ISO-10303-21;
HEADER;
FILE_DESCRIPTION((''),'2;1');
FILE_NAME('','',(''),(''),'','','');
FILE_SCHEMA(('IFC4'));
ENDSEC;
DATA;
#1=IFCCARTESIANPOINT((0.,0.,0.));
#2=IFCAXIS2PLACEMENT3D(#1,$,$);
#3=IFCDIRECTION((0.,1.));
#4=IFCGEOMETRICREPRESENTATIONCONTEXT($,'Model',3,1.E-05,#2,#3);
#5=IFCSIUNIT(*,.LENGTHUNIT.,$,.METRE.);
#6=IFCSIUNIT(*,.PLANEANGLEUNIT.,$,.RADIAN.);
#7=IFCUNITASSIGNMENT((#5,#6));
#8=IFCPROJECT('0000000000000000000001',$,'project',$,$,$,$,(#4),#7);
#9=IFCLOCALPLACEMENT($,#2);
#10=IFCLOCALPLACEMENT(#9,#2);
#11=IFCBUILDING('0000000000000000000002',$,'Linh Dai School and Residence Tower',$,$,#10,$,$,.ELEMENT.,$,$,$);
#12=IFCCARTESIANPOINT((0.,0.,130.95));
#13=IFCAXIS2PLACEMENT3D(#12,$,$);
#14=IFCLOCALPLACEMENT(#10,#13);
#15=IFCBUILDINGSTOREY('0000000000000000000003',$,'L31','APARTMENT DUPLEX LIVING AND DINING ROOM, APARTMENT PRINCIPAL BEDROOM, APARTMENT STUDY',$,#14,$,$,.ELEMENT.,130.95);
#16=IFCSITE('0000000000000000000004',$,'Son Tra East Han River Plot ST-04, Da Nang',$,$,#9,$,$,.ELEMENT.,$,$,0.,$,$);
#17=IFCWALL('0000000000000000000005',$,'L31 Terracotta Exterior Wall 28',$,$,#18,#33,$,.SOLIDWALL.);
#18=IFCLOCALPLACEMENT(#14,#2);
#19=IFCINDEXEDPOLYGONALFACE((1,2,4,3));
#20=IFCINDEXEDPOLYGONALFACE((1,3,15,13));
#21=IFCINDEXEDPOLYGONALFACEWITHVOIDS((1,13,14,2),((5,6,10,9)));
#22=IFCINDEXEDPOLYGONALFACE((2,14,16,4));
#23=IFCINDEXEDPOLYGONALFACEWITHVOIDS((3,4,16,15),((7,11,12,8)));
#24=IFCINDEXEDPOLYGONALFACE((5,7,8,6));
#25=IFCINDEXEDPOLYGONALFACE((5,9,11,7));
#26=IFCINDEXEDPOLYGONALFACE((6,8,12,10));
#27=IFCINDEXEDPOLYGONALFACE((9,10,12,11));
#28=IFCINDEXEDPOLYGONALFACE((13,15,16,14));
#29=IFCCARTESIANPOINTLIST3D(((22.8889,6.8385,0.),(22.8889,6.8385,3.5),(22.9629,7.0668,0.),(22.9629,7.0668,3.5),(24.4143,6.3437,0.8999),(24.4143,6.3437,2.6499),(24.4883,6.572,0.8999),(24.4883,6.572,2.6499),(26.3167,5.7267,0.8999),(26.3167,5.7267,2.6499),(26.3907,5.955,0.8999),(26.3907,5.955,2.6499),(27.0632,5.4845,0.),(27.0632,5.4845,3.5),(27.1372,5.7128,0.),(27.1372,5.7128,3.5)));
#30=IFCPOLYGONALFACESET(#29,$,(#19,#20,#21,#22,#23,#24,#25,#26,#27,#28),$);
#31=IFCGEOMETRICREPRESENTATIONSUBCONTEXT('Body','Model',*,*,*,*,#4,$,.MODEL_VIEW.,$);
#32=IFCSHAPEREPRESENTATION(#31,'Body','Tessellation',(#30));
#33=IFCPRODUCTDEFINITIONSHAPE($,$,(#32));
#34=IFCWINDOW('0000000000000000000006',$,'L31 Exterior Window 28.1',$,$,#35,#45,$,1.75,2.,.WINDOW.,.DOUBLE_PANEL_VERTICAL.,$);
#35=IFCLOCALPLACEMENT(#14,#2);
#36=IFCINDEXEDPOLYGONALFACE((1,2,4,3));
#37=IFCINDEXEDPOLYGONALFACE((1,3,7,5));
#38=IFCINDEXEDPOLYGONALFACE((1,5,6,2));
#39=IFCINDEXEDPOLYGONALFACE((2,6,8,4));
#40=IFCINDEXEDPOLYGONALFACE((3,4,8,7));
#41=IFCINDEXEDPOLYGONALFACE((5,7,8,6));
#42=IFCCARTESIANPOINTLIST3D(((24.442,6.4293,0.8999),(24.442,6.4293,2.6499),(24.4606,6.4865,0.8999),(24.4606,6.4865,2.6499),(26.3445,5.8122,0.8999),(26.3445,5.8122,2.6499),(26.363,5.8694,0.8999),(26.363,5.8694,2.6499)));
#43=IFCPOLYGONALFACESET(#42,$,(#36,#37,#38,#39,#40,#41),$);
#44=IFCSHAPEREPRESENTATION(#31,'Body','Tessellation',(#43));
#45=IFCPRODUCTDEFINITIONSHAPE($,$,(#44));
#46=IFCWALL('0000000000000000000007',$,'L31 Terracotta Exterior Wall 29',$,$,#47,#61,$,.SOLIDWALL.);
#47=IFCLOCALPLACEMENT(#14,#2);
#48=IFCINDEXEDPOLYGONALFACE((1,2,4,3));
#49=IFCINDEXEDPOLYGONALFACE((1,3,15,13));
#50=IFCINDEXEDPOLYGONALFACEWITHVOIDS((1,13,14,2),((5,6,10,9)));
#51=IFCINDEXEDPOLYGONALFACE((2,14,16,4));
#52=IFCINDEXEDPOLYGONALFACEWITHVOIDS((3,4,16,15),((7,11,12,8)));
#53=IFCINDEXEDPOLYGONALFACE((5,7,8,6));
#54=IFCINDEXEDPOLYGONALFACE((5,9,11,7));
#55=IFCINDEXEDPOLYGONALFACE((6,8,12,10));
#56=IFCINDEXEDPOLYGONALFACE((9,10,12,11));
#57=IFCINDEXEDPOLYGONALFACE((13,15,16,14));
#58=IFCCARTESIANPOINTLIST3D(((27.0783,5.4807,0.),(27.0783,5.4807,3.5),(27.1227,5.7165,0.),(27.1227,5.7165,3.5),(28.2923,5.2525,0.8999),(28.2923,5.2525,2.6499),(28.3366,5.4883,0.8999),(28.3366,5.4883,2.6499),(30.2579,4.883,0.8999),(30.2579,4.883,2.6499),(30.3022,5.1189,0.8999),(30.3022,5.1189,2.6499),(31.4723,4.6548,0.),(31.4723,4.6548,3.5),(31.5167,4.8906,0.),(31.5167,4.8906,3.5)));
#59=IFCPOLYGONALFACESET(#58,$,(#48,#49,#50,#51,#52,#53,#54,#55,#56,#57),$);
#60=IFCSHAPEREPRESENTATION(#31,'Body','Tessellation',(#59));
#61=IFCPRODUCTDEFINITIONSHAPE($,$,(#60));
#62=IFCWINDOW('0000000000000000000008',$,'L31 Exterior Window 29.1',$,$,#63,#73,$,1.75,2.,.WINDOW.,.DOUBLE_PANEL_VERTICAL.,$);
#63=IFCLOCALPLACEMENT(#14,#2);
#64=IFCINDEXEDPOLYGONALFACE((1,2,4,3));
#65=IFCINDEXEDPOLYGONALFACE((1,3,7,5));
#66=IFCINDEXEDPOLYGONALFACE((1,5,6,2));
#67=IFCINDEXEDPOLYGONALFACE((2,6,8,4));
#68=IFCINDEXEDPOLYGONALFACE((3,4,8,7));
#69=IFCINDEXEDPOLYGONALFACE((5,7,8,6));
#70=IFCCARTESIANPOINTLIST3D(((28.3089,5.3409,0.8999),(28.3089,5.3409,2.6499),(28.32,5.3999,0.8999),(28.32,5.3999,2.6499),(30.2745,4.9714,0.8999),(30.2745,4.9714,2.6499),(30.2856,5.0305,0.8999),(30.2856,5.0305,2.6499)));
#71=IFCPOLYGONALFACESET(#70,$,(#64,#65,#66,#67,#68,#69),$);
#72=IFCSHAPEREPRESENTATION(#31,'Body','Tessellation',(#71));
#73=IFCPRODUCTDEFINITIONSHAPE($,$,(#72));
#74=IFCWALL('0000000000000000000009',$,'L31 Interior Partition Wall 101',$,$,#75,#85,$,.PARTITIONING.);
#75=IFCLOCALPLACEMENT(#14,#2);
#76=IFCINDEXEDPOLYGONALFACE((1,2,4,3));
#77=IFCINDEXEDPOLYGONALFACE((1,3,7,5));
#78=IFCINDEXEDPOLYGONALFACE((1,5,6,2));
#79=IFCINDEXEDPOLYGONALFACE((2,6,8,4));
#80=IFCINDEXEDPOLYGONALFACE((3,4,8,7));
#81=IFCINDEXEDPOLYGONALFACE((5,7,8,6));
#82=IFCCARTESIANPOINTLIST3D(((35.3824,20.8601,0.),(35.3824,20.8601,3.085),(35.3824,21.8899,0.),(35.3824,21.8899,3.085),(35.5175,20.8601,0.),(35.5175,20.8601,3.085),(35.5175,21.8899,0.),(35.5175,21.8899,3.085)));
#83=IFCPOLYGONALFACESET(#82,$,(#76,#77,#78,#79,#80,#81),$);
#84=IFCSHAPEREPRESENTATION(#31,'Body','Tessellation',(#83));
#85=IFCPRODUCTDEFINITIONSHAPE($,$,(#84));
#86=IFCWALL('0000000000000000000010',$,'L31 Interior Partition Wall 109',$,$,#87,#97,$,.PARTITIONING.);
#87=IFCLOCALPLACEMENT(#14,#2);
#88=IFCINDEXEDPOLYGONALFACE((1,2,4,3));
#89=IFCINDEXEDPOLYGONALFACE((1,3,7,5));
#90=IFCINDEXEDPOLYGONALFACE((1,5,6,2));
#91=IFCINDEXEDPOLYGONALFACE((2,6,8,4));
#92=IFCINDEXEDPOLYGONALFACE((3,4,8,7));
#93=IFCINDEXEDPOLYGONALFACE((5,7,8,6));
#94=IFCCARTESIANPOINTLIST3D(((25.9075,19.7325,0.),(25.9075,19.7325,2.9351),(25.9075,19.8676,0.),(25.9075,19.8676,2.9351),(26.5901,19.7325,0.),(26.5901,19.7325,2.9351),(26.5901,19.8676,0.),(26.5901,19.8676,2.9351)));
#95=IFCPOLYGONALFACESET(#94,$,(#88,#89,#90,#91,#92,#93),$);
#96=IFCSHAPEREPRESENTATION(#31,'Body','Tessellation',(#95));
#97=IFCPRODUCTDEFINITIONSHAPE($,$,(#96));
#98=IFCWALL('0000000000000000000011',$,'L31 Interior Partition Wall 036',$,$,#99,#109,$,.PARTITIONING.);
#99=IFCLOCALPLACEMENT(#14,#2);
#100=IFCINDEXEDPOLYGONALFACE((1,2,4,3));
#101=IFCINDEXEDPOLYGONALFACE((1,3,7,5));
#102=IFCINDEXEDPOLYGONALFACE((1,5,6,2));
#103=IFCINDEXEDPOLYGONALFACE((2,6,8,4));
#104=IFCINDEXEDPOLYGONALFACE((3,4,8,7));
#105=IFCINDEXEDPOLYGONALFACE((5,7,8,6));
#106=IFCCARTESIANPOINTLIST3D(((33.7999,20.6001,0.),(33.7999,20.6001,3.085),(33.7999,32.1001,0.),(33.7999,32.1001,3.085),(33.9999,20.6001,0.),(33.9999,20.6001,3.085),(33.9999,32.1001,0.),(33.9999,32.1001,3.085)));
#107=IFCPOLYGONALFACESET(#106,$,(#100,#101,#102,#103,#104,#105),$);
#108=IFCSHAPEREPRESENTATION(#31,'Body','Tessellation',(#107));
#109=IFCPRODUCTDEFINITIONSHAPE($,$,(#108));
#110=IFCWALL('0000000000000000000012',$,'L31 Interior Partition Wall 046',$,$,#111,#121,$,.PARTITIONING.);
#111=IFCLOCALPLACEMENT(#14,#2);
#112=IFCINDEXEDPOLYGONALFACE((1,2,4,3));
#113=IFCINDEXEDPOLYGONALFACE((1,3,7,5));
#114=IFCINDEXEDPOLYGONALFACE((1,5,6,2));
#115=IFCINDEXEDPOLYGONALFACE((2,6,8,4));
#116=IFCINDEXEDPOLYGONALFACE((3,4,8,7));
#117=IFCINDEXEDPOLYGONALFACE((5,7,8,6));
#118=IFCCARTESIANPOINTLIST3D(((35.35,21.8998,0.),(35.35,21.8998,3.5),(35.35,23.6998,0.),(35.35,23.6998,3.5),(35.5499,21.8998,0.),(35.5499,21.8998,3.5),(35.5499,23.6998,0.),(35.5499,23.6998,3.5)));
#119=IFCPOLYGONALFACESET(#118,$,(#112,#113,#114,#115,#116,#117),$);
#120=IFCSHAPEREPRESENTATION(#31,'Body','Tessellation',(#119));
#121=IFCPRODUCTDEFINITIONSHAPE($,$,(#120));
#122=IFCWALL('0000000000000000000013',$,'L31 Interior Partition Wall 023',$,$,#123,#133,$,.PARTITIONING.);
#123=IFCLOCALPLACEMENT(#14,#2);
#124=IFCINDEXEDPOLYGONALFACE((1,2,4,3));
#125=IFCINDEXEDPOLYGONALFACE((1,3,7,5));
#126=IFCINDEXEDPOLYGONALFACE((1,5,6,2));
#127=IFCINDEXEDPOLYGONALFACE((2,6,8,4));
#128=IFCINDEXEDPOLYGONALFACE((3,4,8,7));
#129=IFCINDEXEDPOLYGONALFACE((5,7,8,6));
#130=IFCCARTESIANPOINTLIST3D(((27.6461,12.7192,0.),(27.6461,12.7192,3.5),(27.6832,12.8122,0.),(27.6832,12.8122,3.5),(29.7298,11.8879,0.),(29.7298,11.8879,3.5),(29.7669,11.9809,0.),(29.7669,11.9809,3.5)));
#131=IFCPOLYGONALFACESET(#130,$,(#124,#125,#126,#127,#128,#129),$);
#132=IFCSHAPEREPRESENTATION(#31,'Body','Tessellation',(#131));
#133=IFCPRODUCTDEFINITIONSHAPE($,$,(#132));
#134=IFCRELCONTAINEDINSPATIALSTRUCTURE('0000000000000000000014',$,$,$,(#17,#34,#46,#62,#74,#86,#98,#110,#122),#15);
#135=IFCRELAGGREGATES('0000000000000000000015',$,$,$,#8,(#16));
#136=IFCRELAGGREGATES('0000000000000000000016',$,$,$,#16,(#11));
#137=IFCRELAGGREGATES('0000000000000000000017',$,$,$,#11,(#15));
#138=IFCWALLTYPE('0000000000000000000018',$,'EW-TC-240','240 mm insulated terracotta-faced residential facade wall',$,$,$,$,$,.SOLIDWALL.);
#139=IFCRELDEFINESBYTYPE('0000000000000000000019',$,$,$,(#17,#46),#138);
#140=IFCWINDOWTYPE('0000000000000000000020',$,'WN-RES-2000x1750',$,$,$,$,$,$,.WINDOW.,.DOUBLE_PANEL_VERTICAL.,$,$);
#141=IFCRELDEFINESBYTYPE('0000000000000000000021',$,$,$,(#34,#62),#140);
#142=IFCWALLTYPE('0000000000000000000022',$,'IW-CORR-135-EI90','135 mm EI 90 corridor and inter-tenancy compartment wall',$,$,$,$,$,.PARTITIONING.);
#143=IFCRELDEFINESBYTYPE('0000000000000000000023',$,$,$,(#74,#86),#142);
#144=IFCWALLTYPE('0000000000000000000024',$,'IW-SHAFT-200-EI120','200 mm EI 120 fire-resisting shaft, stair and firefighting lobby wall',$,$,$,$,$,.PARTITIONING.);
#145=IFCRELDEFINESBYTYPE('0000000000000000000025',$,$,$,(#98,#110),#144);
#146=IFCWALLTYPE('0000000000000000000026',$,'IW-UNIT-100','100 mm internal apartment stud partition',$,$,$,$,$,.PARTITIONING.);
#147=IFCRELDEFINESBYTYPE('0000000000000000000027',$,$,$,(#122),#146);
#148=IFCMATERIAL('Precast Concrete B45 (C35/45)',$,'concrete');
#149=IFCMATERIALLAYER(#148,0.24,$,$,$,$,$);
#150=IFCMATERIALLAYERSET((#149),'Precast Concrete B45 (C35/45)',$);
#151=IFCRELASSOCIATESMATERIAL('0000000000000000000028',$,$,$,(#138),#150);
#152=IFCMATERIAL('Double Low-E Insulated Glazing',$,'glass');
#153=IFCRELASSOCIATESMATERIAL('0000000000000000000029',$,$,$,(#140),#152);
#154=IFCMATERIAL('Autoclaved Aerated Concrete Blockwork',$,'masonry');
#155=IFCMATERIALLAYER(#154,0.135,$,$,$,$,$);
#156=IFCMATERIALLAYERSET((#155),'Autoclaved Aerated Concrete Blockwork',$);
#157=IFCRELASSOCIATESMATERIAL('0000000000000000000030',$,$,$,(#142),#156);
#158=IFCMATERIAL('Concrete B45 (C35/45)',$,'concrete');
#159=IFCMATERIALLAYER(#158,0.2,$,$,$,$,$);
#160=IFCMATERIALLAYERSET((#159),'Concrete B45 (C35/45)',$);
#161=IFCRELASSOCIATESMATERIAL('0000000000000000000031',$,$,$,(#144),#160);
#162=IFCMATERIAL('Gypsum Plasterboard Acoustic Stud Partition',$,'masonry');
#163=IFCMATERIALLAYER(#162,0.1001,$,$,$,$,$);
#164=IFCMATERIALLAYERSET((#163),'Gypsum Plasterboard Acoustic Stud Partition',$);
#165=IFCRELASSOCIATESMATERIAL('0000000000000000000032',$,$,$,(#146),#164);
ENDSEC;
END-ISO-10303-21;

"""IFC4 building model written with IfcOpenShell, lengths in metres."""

from ifc_helpers import new_model, si_unit, direction, frame, frame_2d, origin, origin_2d, place, context, subcontext, project, spatial, rectangle, extrude, source, transform, mapped, material, layer, layer_set, type_object, element, fill, save


model = new_model("IFC4")

# Units and contexts
model_context = context("Model", 3, precision=1e-05, world=origin(), true_north=direction((0.0, 1.0)))
body_context = subcontext(model_context, "Body", "Model", "MODEL_VIEW")
ifc_project = project(units=[si_unit("LENGTHUNIT", "METRE"), si_unit("PLANEANGLEUNIT", "RADIAN")], contexts=[model_context])

# Site, building, storey
site_placement = place(None, origin())
site = spatial("IfcSite", under=ifc_project, at=site_placement, Name="Son Tra East Han River Plot ST-04, Da Nang", CompositionType="ELEMENT", RefElevation=0.0)
building_placement = place(site_placement, origin())
building = spatial("IfcBuilding", under=site, at=building_placement, Name="Linh Dai School and Residence Tower", CompositionType="ELEMENT")
storey_placement = place(building_placement, frame((0.0, 0.0, 130.95)))
storey = spatial("IfcBuildingStorey", under=building, at=storey_placement, Name="L31", Description="APARTMENT DUPLEX LIVING AND DINING ROOM, APARTMENT PRINCIPAL BEDROOM, APARTMENT STUDY", CompositionType="ELEMENT", Elevation=130.95)

# Shared definitions
ifc_material_1 = material(Name="Precast Concrete B45 (C35/45)", Category="concrete")

# Walls, openings, windows
ifc_layer_1 = layer(ifc_material_1, 0.24)
ifc_layer_set_1 = layer_set([ifc_layer_1], Name="Precast Concrete B45 (C35/45)")
wall_type_1 = type_object("IfcWallType", Name="EW-TC-240", Description="240 mm insulated terracotta-faced residential facade wall", PredefinedType="SOLIDWALL", material=ifc_layer_set_1)
wall_1_placement = place(storey_placement, frame((27.1003, 5.5986, 0.0), z_axis=(0.0, 0.0, 1.0), x_axis=(-0.951211, 0.30854, 0.0)))
wall_1 = element("IfcWall", 1, at=wall_1_placement, inside=storey, type_object=wall_type_1, Name="L31 Terracotta Exterior Wall 28", PredefinedType="SOLIDWALL", context=body_context, shape_type="SweptSolid", body=[
    extrude(rectangle(XDim=4.3884, YDim=0.24, at=frame_2d((2.1943, 0.0))), origin(), (0.0, 0.0, 1.0), 3.5),
])
opening_1_placement = place(wall_1_placement, frame((0.7849, 0.0, 0.8999)))
opening_1 = element("IfcOpeningElement", 2, at=opening_1_placement, cuts=wall_1, PredefinedType="OPENING", context=body_context, shape_type="SweptSolid", body=[
    extrude(rectangle(XDim=2.0, YDim=1.75, at=origin_2d()), frame((1.0, 0.1299, 0.875), z_axis=(0.0, -1.0, 0.0), x_axis=(1.0, 0.0, 0.0)), (0.0, 0.0, 1.0), 0.26),
])
ifc_material_2 = material(Name="Double Low-E Insulated Glazing", Category="glass")
window_type = type_object("IfcWindowType", Name="WN-RES-2000x1750", PartitioningType="DOUBLE_PANEL_VERTICAL", PredefinedType="WINDOW", material=ifc_material_2)
shared_shape_1 = source(origin(), body_context, "Body", "SweptSolid", [
    extrude(rectangle(XDim=2.0, YDim=1.75, at=origin_2d()), frame((1.0, 0.03, 0.875), z_axis=(0.0, -1.0, 0.0), x_axis=(1.0, 0.0, 0.0)), (0.0, 0.0, 1.0), 0.0601),
])
window_1_placement = place(opening_1_placement, origin())
window_1 = element("IfcWindow", 3, at=window_1_placement, inside=storey, type_object=window_type, Name="L31 Exterior Window 28.1", OverallHeight=1.75, OverallWidth=2.0, PartitioningType="DOUBLE_PANEL_VERTICAL", PredefinedType="WINDOW", context=body_context, shape_type="MappedRepresentation", body=[
    mapped(shared_shape_1, transform((0.0, 0.0, 0.0), x_axis=(1.0, 0.0, 0.0), y_axis=(0.0, 1.0, 0.0), z_axis=(0.0, 0.0, 1.0), scale=1.0)),
])
fill(opening_1, window_1)
wall_2_placement = place(storey_placement, frame((31.4944, 4.7727, 0.0), z_axis=(0.0, 0.0, 1.0), x_axis=(-0.982789, 0.18473, 0.0)))
wall_2 = element("IfcWall", 4, at=wall_2_placement, inside=storey, type_object=wall_type_1, Name="L31 Terracotta Exterior Wall 29", PredefinedType="SOLIDWALL", context=body_context, shape_type="SweptSolid", body=[
    extrude(rectangle(XDim=4.4709, YDim=0.24, at=frame_2d((2.2354, 0.0))), origin(), (0.0, 0.0, 1.0), 3.5),
])
opening_2_placement = place(wall_2_placement, frame((1.2356, 0.0, 0.8999)))
opening_2 = element("IfcOpeningElement", 5, at=opening_2_placement, cuts=wall_2, PredefinedType="OPENING", context=body_context, shape_type="SweptSolid", body=[
    extrude(rectangle(XDim=2.0, YDim=1.75, at=origin_2d()), frame((1.0, 0.1299, 0.875), z_axis=(0.0, -1.0, 0.0), x_axis=(1.0, 0.0, 0.0)), (0.0, 0.0, 1.0), 0.26),
])
window_2_placement = place(opening_2_placement, origin())
window_2 = element("IfcWindow", 6, at=window_2_placement, inside=storey, type_object=window_type, Name="L31 Exterior Window 29.1", OverallHeight=1.75, OverallWidth=2.0, PartitioningType="DOUBLE_PANEL_VERTICAL", PredefinedType="WINDOW", context=body_context, shape_type="MappedRepresentation", body=[
    mapped(shared_shape_1, transform((0.0, 0.0, 0.0), x_axis=(1.0, 0.0, 0.0), y_axis=(0.0, 1.0, 0.0), z_axis=(0.0, 0.0, 1.0), scale=1.0)),
])
fill(opening_2, window_2)

# Walls
ifc_material_3 = material(Name="Autoclaved Aerated Concrete Blockwork", Category="masonry")
ifc_layer_2 = layer(ifc_material_3, 0.135)
ifc_layer_set_2 = layer_set([ifc_layer_2], Name="Autoclaved Aerated Concrete Blockwork")
wall_type_2 = type_object("IfcWallType", Name="IW-CORR-135-EI90", Description="135 mm EI 90 corridor and inter-tenancy compartment wall", PredefinedType="PARTITIONING", material=ifc_layer_set_2)
wall_3_placement = place(storey_placement, frame((35.45, 21.8899, 0.0), z_axis=(0.0, 0.0, 1.0), x_axis=(0.0, -1.0, 0.0)))
element("IfcWall", 7, at=wall_3_placement, inside=storey, type_object=wall_type_2, Name="L31 Interior Partition Wall 101", PredefinedType="PARTITIONING", context=body_context, shape_type="SweptSolid", body=[
    extrude(rectangle(XDim=1.0298, YDim=0.135, at=frame_2d((0.5149, 0.0))), origin(), (0.0, 0.0, 1.0), 3.085),
])
wall_4_placement = place(storey_placement, frame((25.9075, 19.8, 0.0), z_axis=(0.0, 0.0, 1.0), x_axis=(1.0, 0.0, 0.0)))
element("IfcWall", 8, at=wall_4_placement, inside=storey, type_object=wall_type_2, Name="L31 Interior Partition Wall 109", PredefinedType="PARTITIONING", context=body_context, shape_type="SweptSolid", body=[
    extrude(rectangle(XDim=0.6826, YDim=0.135, at=frame_2d((0.3413, 0.0))), origin(), (0.0, 0.0, 1.0), 2.9351),
])
ifc_material_4 = material(Name="Concrete B45 (C35/45)", Category="concrete")
ifc_layer_3 = layer(ifc_material_4, 0.2)
ifc_layer_set_3 = layer_set([ifc_layer_3], Name="Concrete B45 (C35/45)")
wall_type_3 = type_object("IfcWallType", Name="IW-SHAFT-200-EI120", Description="200 mm EI 120 fire-resisting shaft, stair and firefighting lobby wall", PredefinedType="PARTITIONING", material=ifc_layer_set_3)
wall_5_placement = place(storey_placement, frame((33.8999, 20.6001, 0.0), z_axis=(0.0, 0.0, 1.0), x_axis=(0.0, 1.0, 0.0)))
element("IfcWall", 9, at=wall_5_placement, inside=storey, type_object=wall_type_3, Name="L31 Interior Partition Wall 036", PredefinedType="PARTITIONING", context=body_context, shape_type="SweptSolid", body=[
    extrude(rectangle(XDim=11.5, YDim=0.2, at=frame_2d((5.75, 0.0))), origin(), (0.0, 0.0, 1.0), 3.085),
])
wall_6_placement = place(storey_placement, frame((35.45, 21.8999, 0.0), z_axis=(0.0, 0.0, 1.0), x_axis=(0.0, 1.0, 0.0)))
element("IfcWall", 10, at=wall_6_placement, inside=storey, type_object=wall_type_3, Name="L31 Interior Partition Wall 046", PredefinedType="PARTITIONING", context=body_context, shape_type="SweptSolid", body=[
    extrude(rectangle(XDim=1.8, YDim=0.2, at=frame_2d((0.8999, 0.0))), origin(), (0.0, 0.0, 1.0), 3.5),
])
ifc_material_5 = material(Name="Gypsum Plasterboard Acoustic Stud Partition", Category="masonry")
ifc_layer_4 = layer(ifc_material_5, 0.1001)
ifc_layer_set_4 = layer_set([ifc_layer_4], Name="Gypsum Plasterboard Acoustic Stud Partition")
wall_type_4 = type_object("IfcWallType", Name="IW-UNIT-100", Description="100 mm internal apartment stud partition", PredefinedType="PARTITIONING", material=ifc_layer_set_4)
wall_7_placement = place(storey_placement, frame((27.6648, 12.7656, 0.0), z_axis=(0.0, 0.0, 1.0), x_axis=(0.928814, -0.370546, 0.0)))
element("IfcWall", 11, at=wall_7_placement, inside=storey, type_object=wall_type_4, Name="L31 Interior Partition Wall 023", PredefinedType="PARTITIONING", context=body_context, shape_type="SweptSolid", body=[
    extrude(rectangle(XDim=2.2434, YDim=0.1001, at=frame_2d((1.1216, 0.0))), origin(), (0.0, 0.0, 1.0), 3.5),
])

save(model, "model.ifc")
